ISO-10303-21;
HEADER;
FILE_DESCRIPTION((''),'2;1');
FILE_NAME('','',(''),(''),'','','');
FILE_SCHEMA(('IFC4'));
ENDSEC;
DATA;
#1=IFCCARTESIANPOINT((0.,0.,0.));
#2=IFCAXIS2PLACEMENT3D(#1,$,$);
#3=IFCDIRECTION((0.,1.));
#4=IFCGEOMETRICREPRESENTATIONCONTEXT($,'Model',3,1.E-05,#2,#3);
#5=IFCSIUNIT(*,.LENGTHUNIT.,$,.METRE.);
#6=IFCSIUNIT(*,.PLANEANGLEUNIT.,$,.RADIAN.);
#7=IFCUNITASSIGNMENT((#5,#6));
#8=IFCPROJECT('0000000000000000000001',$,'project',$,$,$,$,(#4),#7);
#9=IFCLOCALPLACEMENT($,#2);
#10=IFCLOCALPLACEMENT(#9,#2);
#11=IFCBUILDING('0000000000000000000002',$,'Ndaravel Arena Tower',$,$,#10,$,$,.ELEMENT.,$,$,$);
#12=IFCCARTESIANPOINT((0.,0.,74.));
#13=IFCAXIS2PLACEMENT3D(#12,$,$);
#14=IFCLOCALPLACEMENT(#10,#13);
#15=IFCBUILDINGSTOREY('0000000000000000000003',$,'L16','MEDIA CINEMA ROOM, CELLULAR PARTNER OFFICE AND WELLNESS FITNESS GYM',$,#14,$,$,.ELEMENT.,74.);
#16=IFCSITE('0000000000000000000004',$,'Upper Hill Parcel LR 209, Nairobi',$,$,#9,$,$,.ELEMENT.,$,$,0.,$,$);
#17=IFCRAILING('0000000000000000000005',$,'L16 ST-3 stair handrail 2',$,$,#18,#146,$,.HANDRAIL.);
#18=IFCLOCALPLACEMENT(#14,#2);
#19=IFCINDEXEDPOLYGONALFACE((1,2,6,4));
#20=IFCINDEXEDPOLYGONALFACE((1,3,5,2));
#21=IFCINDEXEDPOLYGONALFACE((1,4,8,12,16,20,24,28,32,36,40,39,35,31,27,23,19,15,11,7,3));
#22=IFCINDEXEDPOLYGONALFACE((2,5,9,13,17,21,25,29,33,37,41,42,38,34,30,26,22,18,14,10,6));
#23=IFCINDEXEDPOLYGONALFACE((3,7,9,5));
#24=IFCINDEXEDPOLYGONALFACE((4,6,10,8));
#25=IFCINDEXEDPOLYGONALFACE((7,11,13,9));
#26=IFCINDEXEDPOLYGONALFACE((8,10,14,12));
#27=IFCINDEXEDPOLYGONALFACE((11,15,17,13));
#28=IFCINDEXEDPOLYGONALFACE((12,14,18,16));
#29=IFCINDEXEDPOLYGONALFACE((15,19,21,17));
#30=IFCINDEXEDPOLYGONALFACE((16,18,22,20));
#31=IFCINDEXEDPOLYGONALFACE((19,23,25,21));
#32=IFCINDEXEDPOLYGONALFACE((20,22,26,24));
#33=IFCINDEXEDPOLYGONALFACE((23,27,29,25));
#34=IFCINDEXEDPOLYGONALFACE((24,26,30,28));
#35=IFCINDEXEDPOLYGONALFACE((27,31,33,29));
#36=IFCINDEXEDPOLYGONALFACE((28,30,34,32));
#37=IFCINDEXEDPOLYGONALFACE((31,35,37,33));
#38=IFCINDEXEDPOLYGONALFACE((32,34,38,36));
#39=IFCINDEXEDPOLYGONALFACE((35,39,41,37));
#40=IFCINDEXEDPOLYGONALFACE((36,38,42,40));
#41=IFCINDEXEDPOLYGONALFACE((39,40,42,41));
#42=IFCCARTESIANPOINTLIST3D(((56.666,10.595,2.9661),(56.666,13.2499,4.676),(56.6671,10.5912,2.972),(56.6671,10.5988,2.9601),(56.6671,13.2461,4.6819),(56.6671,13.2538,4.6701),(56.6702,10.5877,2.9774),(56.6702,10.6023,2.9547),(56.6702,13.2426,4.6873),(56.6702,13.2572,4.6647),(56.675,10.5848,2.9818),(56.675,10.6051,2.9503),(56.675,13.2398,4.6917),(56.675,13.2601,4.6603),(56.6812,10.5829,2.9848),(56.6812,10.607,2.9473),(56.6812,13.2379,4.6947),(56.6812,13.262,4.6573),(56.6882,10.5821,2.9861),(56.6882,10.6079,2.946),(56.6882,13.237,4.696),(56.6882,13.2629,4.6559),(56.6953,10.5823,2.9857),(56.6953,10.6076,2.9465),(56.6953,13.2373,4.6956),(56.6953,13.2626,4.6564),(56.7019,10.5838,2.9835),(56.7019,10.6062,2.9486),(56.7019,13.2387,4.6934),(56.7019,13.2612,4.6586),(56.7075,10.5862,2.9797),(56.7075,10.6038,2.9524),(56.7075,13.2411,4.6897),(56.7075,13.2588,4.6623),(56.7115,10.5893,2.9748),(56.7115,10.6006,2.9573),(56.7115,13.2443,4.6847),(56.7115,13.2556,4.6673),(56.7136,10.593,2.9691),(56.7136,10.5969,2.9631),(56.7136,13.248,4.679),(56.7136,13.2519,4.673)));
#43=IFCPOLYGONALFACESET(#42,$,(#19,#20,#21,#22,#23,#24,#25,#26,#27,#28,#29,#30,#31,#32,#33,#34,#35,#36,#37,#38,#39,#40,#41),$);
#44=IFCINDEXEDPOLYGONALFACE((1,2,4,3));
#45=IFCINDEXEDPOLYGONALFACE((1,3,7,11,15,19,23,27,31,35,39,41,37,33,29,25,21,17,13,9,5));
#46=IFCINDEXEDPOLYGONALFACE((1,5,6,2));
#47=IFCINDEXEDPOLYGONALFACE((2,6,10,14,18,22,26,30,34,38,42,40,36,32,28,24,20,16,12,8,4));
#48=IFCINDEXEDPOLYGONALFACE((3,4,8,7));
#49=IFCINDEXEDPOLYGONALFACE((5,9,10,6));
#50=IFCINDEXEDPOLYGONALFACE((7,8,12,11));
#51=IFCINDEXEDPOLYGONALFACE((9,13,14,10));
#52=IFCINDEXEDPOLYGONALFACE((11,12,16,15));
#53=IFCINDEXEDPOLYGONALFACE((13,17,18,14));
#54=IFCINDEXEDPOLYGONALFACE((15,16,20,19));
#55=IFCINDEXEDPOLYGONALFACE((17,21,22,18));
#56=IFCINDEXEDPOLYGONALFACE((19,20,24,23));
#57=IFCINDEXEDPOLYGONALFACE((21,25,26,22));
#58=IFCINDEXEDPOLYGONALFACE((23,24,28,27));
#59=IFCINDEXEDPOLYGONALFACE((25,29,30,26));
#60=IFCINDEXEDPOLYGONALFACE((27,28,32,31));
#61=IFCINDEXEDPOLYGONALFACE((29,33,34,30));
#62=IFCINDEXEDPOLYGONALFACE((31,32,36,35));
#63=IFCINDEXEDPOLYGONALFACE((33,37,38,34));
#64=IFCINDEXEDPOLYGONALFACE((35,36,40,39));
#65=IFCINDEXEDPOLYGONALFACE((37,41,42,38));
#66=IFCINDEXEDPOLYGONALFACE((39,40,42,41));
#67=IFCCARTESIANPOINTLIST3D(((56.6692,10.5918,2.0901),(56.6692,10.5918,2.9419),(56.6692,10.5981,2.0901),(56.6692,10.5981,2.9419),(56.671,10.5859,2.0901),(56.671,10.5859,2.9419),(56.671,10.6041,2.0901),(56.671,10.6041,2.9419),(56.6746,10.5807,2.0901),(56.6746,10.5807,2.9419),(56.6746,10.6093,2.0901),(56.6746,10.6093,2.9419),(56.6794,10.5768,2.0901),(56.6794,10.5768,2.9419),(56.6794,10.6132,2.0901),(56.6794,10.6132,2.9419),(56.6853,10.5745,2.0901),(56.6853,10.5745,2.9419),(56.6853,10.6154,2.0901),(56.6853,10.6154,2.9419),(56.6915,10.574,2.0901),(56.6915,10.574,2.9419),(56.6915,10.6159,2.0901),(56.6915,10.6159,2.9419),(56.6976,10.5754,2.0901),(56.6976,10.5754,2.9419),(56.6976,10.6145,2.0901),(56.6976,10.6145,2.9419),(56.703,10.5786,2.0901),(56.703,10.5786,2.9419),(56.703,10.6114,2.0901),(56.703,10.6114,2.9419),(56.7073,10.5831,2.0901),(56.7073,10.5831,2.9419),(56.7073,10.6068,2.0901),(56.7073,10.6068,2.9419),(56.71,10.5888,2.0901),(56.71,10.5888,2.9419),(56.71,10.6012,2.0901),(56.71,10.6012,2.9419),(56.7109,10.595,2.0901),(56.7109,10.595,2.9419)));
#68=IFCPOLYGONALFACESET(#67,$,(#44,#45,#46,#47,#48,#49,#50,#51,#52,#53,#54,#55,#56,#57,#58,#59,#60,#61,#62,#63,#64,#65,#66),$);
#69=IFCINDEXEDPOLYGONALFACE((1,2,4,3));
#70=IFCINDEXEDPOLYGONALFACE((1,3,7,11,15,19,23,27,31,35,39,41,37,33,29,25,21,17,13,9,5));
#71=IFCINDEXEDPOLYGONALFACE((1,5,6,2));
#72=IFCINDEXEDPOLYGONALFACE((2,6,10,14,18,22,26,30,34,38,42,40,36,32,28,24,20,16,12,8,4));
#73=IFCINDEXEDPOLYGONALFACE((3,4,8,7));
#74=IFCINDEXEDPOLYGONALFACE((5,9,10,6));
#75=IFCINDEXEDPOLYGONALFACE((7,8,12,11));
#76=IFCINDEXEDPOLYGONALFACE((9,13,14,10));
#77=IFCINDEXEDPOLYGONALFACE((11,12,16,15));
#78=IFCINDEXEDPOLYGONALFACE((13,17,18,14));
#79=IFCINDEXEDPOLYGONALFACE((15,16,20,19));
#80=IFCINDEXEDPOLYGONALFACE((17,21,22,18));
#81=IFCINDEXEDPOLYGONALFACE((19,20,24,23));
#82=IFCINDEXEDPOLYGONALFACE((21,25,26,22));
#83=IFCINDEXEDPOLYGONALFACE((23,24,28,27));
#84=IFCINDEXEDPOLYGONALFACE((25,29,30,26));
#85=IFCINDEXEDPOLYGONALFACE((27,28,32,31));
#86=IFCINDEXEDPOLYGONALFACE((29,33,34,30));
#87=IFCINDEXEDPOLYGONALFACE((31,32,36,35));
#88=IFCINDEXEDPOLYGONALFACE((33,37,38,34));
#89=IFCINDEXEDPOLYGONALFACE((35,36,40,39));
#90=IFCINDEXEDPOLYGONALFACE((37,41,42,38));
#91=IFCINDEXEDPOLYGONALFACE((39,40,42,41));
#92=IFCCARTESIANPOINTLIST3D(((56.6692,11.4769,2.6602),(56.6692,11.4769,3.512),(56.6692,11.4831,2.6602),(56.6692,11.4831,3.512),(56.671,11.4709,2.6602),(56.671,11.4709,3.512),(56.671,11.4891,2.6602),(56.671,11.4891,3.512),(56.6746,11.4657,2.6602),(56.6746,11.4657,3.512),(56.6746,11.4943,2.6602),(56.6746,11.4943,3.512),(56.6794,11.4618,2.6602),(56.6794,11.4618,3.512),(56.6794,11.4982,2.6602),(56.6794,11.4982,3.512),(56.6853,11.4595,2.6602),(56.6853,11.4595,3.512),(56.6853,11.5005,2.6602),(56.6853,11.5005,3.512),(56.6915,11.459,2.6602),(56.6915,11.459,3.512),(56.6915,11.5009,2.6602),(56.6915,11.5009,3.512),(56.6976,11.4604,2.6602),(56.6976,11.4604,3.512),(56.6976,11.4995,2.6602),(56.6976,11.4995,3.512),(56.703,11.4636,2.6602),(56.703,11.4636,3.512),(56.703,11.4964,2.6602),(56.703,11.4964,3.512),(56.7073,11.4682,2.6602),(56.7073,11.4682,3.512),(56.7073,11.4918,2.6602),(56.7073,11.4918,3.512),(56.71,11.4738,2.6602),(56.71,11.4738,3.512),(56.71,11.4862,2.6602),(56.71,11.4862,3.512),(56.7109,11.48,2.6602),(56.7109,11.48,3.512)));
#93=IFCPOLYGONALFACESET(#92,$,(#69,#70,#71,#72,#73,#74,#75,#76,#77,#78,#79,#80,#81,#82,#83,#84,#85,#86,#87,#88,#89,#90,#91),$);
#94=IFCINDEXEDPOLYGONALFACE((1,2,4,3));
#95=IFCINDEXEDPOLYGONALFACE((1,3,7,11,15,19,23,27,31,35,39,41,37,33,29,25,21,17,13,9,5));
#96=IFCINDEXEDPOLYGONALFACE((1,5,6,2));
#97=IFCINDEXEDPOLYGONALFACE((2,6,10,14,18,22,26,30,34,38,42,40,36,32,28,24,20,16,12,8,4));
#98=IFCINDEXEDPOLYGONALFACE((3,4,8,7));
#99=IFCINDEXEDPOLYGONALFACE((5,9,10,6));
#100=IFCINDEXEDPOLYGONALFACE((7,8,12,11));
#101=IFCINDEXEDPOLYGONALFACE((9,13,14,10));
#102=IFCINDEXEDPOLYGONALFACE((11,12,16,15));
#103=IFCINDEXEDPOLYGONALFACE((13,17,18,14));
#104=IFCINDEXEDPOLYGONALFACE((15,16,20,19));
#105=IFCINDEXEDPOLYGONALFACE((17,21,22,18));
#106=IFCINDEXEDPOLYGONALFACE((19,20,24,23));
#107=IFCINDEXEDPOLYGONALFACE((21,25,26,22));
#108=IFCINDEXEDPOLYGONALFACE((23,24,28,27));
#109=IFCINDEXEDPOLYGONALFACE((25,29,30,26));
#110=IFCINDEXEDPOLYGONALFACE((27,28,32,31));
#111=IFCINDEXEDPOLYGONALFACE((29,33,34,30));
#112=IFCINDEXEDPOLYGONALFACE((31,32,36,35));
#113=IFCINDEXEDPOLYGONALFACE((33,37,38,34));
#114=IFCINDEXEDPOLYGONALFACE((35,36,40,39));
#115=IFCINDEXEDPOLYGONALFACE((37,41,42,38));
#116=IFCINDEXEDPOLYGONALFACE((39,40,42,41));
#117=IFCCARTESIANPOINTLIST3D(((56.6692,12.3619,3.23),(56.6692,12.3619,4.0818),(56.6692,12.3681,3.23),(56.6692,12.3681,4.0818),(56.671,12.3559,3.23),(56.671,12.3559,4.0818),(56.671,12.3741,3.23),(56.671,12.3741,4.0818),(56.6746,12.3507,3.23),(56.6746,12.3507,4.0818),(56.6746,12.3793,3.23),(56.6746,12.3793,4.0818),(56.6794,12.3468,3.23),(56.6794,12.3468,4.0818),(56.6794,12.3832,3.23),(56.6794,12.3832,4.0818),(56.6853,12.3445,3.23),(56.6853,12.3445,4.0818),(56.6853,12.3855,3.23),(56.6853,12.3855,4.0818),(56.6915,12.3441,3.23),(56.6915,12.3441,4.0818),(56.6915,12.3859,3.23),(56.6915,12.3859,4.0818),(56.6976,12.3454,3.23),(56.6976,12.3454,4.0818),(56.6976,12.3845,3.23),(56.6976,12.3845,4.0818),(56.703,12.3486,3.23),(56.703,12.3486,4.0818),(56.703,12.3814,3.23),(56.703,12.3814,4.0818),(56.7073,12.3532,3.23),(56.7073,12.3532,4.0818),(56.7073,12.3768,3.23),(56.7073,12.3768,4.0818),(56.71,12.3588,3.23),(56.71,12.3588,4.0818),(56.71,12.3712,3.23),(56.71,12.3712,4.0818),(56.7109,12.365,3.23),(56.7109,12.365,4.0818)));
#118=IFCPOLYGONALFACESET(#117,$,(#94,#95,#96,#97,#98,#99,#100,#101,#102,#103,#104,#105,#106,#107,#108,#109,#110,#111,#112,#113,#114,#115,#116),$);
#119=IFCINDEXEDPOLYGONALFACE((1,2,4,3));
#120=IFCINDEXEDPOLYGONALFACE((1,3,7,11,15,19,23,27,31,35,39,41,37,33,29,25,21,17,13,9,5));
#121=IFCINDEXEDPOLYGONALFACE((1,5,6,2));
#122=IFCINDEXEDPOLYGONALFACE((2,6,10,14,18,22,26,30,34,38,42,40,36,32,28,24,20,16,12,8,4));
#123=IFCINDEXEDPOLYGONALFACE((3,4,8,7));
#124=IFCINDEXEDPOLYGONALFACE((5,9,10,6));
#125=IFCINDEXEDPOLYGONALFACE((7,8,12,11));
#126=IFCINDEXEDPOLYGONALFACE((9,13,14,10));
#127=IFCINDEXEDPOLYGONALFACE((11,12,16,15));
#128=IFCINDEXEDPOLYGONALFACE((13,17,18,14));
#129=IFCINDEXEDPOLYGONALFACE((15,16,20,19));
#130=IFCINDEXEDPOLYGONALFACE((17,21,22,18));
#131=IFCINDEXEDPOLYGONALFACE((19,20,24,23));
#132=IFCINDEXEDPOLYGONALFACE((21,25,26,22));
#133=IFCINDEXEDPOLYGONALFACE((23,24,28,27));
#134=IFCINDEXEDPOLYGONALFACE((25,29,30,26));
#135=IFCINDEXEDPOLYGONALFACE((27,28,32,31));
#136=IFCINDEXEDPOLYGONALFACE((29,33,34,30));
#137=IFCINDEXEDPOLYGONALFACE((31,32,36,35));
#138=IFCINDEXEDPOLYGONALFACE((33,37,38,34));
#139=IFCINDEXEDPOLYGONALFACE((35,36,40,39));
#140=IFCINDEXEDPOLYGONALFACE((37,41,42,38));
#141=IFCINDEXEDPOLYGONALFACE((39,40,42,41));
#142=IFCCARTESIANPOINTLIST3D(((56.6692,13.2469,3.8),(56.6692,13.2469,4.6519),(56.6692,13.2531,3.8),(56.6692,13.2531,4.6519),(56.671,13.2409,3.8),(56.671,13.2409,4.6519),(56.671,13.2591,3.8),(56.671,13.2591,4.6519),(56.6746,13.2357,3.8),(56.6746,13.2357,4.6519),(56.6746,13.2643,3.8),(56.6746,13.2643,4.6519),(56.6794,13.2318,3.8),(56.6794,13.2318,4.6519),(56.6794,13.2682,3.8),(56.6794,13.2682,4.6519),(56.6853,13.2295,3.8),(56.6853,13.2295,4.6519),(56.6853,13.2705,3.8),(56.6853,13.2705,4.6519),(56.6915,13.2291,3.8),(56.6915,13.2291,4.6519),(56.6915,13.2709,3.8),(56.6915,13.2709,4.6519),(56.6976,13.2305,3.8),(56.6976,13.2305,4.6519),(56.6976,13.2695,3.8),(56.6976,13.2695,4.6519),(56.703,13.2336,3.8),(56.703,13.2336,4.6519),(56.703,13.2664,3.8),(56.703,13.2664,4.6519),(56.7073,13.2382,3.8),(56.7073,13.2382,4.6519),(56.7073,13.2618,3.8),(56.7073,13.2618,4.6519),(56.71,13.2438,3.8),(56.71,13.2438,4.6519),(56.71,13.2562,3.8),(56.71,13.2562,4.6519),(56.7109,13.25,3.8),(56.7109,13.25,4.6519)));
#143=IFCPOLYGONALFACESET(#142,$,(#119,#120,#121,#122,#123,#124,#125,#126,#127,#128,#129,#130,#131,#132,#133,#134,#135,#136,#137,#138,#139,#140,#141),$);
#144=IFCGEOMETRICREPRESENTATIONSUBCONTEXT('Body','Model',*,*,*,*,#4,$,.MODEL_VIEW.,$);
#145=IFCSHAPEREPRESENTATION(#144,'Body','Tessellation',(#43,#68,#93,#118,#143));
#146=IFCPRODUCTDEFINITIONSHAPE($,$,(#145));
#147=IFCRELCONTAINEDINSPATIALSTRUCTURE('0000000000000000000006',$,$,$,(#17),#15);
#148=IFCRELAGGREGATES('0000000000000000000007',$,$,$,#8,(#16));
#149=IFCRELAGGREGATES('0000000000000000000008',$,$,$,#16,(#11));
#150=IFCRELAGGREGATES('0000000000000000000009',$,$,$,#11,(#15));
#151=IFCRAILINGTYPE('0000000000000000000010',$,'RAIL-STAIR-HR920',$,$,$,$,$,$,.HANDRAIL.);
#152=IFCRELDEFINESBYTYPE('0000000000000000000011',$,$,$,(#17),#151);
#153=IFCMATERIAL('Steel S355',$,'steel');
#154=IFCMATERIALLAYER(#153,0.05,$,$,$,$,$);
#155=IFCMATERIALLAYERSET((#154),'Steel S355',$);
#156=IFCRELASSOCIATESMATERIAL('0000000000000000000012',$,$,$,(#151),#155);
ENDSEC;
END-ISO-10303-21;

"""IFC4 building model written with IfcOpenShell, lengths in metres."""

from ifc_helpers import new_model, si_unit, direction, frame, origin, origin_2d, place, context, subcontext, project, spatial, circle, extrude, material, layer, layer_set, type_object, element, save


model = new_model("IFC4")

# Units and contexts
model_context = context("Model", 3, precision=1e-05, world=origin(), true_north=direction((0.0, 1.0)))
body_context = subcontext(model_context, "Body", "Model", "MODEL_VIEW")
ifc_project = project(units=[si_unit("LENGTHUNIT", "METRE"), si_unit("PLANEANGLEUNIT", "RADIAN")], contexts=[model_context])

# Site, building, storey
site_placement = place(None, origin())
site = spatial("IfcSite", under=ifc_project, at=site_placement, Name="Upper Hill Parcel LR 209, Nairobi", CompositionType="ELEMENT", RefElevation=0.0)
building_placement = place(site_placement, origin())
building = spatial("IfcBuilding", under=site, at=building_placement, Name="Ndaravel Arena Tower", CompositionType="ELEMENT")
storey_placement = place(building_placement, frame((0.0, 0.0, 74.0)))
storey = spatial("IfcBuildingStorey", under=building, at=storey_placement, Name="L16", Description="MEDIA CINEMA ROOM, CELLULAR PARTNER OFFICE AND WELLNESS FITNESS GYM", CompositionType="ELEMENT", Elevation=74.0)

# Railing
ifc_material_1 = material(Name="Steel S355", Category="steel")
ifc_layer_1 = layer(ifc_material_1, 0.05)
ifc_layer_set_1 = layer_set([ifc_layer_1], Name="Steel S355")
railing_type_1 = type_object("IfcRailingType", Name="RAIL-STAIR-HR920", PredefinedType="HANDRAIL", material=ifc_layer_set_1)
railing_1_placement = place(storey_placement, frame((56.6899, 10.595, 2.0901)))
element("IfcRailing", 1, at=railing_1_placement, inside=storey, type_object=railing_type_1, Name="L16 ST-3 stair handrail 2", PredefinedType="HANDRAIL", context=body_context, shape_type="SweptSolid", body=[
    extrude(circle(Radius=0.0239, at=origin_2d()), frame((0.0, 0.0, 0.876), z_axis=(0.0, 0.840724, 0.541465), x_axis=(-1.0, 0.0, 0.0)), (0.0, 0.0, 1.0), 3.158),
    extrude(circle(Radius=0.021, at=origin_2d()), origin(), (0.0, 0.0, 1.0), 0.8518),
    extrude(circle(Radius=0.021, at=origin_2d()), frame((0.0, 0.885, 0.5701)), (0.0, 0.0, 1.0), 0.8518),
    extrude(circle(Radius=0.021, at=origin_2d()), frame((0.0, 1.77, 1.1399)), (0.0, 0.0, 1.0), 0.8518),
    extrude(circle(Radius=0.021, at=origin_2d()), frame((0.0, 2.655, 1.71)), (0.0, 0.0, 1.0), 0.8518),
])

save(model, "model.ifc")
